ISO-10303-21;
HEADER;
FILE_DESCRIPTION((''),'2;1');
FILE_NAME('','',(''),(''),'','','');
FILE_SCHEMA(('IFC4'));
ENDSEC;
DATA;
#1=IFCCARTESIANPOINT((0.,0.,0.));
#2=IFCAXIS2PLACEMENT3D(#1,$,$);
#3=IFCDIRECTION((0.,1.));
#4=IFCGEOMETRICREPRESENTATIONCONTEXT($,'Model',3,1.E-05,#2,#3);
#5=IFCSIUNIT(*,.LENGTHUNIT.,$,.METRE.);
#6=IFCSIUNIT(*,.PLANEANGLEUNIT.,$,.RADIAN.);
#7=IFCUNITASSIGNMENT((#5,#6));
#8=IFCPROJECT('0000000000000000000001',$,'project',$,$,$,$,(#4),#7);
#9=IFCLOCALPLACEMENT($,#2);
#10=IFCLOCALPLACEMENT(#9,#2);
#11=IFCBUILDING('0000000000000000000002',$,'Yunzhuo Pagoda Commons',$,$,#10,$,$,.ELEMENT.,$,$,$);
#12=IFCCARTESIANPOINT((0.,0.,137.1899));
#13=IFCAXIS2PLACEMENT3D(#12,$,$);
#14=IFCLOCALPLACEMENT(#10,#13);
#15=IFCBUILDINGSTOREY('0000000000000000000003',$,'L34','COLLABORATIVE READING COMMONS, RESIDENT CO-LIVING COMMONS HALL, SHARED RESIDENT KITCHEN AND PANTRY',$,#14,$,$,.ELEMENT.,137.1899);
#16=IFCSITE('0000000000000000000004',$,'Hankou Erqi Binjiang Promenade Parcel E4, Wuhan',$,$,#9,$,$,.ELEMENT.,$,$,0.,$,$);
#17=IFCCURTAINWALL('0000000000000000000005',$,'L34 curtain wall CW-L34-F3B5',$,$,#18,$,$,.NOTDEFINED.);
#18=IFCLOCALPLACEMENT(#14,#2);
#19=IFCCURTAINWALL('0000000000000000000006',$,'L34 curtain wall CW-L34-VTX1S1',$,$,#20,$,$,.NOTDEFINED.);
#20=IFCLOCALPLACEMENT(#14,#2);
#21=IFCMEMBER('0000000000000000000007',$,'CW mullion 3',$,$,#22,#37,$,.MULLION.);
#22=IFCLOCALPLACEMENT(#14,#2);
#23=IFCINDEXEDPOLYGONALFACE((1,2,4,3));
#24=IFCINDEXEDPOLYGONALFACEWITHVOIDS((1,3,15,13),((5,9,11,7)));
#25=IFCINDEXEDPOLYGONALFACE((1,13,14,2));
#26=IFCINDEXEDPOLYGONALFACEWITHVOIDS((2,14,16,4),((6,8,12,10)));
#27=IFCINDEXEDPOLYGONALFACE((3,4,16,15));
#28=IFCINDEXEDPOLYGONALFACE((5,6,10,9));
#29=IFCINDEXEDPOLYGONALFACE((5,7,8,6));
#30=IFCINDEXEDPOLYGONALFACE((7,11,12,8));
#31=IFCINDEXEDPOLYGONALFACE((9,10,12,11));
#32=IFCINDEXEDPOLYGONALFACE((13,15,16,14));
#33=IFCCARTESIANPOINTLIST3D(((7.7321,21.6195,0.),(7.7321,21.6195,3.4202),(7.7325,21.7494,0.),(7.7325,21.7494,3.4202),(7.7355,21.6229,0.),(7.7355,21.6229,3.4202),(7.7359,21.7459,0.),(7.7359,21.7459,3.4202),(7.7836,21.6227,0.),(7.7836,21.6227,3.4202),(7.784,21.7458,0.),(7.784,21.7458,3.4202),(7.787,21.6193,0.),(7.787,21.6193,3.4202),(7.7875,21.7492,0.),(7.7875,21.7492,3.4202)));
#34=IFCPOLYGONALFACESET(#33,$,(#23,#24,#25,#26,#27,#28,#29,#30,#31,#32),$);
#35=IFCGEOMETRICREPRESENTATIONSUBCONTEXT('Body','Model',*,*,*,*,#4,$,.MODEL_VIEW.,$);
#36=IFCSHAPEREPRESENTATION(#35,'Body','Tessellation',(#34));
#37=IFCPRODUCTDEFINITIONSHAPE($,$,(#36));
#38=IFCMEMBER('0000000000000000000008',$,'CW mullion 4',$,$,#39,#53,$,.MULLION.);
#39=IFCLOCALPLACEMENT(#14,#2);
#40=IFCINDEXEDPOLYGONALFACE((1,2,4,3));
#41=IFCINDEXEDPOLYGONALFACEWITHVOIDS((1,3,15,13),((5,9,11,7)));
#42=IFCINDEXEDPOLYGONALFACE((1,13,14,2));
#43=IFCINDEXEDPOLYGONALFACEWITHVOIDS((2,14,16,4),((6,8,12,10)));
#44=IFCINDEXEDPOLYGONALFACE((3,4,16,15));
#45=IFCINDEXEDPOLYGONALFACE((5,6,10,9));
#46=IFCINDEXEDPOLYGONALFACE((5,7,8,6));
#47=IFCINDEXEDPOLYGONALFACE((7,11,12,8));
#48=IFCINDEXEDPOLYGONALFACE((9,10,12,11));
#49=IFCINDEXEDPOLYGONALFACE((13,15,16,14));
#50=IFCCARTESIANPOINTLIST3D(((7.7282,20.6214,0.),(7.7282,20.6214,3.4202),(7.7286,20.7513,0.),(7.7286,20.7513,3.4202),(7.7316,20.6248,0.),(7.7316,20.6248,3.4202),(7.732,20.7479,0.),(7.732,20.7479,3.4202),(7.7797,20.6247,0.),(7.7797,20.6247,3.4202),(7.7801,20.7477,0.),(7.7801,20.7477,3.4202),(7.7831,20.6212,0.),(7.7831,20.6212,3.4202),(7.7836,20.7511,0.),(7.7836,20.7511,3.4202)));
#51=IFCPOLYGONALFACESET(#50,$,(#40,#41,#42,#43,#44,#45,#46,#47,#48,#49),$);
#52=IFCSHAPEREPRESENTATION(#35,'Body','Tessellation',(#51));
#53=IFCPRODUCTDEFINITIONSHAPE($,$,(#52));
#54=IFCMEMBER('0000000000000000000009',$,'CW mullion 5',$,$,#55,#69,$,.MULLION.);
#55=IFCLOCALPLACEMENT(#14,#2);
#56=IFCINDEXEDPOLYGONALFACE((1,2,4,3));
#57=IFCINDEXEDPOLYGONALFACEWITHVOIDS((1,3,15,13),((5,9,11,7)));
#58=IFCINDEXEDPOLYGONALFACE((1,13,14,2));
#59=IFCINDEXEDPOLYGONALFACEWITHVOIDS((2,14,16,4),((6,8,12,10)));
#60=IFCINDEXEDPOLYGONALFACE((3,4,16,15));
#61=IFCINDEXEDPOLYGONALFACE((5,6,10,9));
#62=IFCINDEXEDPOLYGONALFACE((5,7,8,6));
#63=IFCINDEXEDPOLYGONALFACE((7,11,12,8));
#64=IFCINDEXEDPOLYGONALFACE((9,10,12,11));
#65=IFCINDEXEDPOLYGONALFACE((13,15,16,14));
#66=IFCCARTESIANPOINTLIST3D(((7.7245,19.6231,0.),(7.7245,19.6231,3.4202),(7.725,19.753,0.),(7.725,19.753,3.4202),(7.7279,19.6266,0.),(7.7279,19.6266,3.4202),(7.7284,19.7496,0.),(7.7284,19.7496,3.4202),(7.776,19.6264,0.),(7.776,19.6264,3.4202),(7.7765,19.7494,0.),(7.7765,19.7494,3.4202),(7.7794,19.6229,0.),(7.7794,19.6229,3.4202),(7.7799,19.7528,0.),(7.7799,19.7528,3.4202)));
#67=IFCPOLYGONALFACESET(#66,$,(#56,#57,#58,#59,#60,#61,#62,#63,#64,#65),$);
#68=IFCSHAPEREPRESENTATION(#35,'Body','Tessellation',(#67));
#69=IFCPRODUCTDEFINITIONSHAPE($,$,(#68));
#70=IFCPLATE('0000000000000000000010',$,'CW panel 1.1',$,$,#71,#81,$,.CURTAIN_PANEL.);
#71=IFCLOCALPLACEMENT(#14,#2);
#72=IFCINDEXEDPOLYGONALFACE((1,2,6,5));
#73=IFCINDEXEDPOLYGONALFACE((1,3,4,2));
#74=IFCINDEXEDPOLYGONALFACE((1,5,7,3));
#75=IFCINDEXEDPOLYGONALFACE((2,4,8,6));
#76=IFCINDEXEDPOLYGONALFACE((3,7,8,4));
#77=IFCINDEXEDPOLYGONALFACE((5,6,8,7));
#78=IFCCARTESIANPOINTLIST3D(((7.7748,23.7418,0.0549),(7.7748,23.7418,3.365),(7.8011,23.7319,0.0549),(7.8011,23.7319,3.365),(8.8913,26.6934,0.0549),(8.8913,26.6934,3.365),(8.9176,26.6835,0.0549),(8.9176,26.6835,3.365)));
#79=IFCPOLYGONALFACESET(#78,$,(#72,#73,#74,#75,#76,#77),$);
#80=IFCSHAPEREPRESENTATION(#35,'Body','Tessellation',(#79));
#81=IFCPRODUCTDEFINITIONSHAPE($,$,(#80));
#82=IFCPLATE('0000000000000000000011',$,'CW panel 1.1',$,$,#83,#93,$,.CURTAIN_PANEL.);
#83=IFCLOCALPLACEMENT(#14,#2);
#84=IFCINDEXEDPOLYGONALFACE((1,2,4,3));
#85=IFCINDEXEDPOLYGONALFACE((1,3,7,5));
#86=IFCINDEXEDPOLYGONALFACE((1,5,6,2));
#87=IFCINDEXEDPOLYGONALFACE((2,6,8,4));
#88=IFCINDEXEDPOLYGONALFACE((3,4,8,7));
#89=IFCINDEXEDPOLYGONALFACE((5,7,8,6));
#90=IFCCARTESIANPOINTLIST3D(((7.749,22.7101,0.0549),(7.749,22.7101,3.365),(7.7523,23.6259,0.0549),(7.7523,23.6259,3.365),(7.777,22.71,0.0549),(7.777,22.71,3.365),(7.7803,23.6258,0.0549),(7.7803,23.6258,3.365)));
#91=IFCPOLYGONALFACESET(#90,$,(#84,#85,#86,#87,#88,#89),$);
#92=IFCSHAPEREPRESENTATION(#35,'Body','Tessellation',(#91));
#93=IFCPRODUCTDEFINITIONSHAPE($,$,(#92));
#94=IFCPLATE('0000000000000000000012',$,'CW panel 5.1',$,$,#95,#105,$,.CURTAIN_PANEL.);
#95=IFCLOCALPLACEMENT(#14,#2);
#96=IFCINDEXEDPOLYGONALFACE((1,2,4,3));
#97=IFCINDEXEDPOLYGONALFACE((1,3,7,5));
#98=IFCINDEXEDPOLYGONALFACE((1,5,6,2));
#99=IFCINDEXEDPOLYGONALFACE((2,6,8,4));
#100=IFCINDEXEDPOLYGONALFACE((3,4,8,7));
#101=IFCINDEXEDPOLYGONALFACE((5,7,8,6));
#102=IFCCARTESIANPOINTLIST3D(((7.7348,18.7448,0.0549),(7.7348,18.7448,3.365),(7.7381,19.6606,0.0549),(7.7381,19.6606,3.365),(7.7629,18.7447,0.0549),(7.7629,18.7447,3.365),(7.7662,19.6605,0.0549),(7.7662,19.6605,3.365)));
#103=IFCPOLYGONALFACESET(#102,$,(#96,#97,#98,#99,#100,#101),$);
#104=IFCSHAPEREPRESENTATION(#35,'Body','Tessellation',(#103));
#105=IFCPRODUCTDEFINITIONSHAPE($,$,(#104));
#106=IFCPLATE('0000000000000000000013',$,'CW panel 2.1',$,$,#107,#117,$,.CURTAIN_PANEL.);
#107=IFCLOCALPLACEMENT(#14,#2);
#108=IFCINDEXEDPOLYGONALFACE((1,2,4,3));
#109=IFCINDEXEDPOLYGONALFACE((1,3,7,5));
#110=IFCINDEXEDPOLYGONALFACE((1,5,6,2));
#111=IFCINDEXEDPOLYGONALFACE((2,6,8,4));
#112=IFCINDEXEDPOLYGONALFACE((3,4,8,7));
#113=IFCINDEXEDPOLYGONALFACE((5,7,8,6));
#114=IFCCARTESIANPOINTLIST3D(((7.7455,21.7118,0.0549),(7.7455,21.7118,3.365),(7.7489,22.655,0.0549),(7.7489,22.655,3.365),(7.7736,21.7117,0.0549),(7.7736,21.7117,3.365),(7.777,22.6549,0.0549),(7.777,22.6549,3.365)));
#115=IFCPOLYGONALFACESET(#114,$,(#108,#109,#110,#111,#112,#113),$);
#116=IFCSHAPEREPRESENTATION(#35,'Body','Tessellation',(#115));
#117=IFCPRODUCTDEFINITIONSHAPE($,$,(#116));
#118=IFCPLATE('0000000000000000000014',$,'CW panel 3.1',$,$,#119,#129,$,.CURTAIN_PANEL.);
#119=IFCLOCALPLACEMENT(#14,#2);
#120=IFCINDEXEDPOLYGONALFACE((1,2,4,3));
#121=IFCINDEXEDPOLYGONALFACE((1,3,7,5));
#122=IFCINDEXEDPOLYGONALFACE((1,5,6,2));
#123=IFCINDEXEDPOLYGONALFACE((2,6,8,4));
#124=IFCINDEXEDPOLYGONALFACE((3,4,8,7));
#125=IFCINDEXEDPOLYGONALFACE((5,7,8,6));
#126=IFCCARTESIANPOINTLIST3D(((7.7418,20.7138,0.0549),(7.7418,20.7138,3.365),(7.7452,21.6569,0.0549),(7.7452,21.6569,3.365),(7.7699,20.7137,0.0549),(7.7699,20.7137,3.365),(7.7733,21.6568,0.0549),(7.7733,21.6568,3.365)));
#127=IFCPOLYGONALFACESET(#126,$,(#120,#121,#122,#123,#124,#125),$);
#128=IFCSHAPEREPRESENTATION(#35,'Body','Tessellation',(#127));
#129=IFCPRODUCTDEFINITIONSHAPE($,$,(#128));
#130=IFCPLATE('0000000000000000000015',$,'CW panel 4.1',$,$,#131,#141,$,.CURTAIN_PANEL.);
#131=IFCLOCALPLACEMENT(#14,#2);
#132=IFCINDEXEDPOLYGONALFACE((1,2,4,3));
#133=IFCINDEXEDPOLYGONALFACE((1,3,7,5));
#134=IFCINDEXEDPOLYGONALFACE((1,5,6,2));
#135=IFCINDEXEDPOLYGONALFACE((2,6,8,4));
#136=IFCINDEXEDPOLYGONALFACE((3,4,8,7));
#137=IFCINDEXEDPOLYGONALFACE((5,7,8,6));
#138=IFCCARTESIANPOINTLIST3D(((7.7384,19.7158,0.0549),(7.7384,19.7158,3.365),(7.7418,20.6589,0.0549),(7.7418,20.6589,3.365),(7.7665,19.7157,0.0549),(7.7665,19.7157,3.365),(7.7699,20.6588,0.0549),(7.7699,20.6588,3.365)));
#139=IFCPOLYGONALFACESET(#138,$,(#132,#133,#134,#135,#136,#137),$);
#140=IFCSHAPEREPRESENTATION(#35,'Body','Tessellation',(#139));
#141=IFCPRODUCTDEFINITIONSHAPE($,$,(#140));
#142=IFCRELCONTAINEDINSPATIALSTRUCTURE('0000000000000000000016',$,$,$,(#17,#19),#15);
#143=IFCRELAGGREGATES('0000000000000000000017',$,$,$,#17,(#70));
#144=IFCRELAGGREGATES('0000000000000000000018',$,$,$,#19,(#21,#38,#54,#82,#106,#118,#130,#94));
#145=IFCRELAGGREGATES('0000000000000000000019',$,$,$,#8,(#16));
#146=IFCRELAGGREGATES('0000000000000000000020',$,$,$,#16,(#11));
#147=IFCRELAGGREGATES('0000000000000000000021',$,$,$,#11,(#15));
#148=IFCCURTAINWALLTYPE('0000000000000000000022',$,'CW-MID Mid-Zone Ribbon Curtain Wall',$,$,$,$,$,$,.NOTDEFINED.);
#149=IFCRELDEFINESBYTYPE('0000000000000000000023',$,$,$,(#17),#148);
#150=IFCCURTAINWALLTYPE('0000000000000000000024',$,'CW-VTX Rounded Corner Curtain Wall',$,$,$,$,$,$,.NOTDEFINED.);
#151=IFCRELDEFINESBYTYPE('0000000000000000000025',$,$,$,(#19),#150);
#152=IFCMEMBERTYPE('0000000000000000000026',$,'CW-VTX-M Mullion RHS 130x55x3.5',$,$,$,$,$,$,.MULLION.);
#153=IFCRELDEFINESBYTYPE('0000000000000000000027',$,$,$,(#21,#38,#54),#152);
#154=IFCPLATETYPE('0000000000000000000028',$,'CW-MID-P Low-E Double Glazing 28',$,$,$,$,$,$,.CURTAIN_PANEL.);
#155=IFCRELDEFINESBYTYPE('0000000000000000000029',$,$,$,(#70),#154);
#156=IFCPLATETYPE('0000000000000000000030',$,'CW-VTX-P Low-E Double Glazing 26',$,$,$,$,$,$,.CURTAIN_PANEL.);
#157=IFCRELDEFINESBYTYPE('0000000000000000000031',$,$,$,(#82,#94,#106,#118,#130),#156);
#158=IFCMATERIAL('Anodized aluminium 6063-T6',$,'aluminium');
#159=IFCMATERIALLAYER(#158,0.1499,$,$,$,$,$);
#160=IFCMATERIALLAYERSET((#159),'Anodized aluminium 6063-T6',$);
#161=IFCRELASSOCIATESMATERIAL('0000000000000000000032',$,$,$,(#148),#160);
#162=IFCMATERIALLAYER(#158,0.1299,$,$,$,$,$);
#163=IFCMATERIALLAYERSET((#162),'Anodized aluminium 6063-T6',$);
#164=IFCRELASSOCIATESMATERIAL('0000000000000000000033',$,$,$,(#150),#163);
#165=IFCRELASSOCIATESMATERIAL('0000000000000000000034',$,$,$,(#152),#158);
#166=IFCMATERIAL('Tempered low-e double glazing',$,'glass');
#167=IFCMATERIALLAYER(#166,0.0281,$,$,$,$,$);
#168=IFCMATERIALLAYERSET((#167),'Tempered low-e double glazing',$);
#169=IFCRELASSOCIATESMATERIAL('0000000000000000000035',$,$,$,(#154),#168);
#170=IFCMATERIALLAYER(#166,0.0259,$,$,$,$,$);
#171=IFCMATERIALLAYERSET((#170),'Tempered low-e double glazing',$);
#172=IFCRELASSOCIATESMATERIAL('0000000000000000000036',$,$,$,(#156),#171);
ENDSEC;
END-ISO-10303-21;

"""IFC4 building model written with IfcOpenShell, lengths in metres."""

from ifc_helpers import new_model, si_unit, direction, frame, origin, origin_2d, place, context, subcontext, project, spatial, rectangle, hollow_rectangle, extrude, source, transform, mapped, material, layer, layer_set, material_profile, profile_set, type_object, element, aggregate, save


model = new_model("IFC4")

# Units and contexts
model_context = context("Model", 3, precision=1e-05, world=origin(), true_north=direction((0.0, 1.0)))
body_context = subcontext(model_context, "Body", "Model", "MODEL_VIEW")
ifc_project = project(units=[si_unit("LENGTHUNIT", "METRE"), si_unit("PLANEANGLEUNIT", "RADIAN")], contexts=[model_context])

# Site, building, storey
site_placement = place(None, origin())
site = spatial("IfcSite", under=ifc_project, at=site_placement, Name="Hankou Erqi Binjiang Promenade Parcel E4, Wuhan", CompositionType="ELEMENT", RefElevation=0.0)
building_placement = place(site_placement, origin())
building = spatial("IfcBuilding", under=site, at=building_placement, Name="Yunzhuo Pagoda Commons", CompositionType="ELEMENT")
storey_placement = place(building_placement, frame((0.0, 0.0, 137.1899)))
storey = spatial("IfcBuildingStorey", under=building, at=storey_placement, Name="L34", Description="COLLABORATIVE READING COMMONS, RESIDENT CO-LIVING COMMONS HALL, SHARED RESIDENT KITCHEN AND PANTRY", CompositionType="ELEMENT", Elevation=137.1899)

# Curtain walls
ifc_material_1 = material(Name="Anodized aluminium 6063-T6", Category="aluminium")
ifc_layer_1 = layer(ifc_material_1, 0.1499)
ifc_layer_set_1 = layer_set([ifc_layer_1], Name="Anodized aluminium 6063-T6")
curtain_wall_type_1 = type_object("IfcCurtainWallType", Name="CW-MID Mid-Zone Ribbon Curtain Wall", PredefinedType="NOTDEFINED", material=ifc_layer_set_1)
curtain_wall_1_placement = place(storey_placement, origin())
curtain_wall_1 = element("IfcCurtainWall", 1, at=curtain_wall_1_placement, inside=storey, type_object=curtain_wall_type_1, Name="L34 curtain wall CW-L34-F3B5", PredefinedType="NOTDEFINED")
ifc_layer_2 = layer(ifc_material_1, 0.1299)
ifc_layer_set_2 = layer_set([ifc_layer_2], Name="Anodized aluminium 6063-T6")
curtain_wall_type_2 = type_object("IfcCurtainWallType", Name="CW-VTX Rounded Corner Curtain Wall", PredefinedType="NOTDEFINED", material=ifc_layer_set_2)
curtain_wall_2_placement = place(storey_placement, origin())
curtain_wall_2 = element("IfcCurtainWall", 2, at=curtain_wall_2_placement, inside=storey, type_object=curtain_wall_type_2, Name="L34 curtain wall CW-L34-VTX1S1", PredefinedType="NOTDEFINED")

# Members
ifc_material_profile_1 = material_profile(ifc_material_1, hollow_rectangle(XDim=0.0549, YDim=0.1299, WallThickness=0.0034, at=origin_2d()), Name="Anodized aluminium 6063-T6")
ifc_profile_set_1 = profile_set([ifc_material_profile_1], Name="Anodized aluminium 6063-T6")
member_type_1 = type_object("IfcMemberType", Name="CW-VTX-M Mullion RHS 130x55x3.5", PredefinedType="MULLION", material=ifc_profile_set_1)
shared_shape_1 = source(origin(), body_context, "Body", "SweptSolid", [
    extrude(hollow_rectangle(XDim=0.0549, YDim=0.1299, WallThickness=0.0034, at=origin_2d()), origin(), (0.0, 0.0, 1.0), 3.4202),
])
member_1_placement = place(storey_placement, frame((7.7598, 21.6843, 0.0), z_axis=(0.0, 0.0, 1.0), x_axis=(0.999994, -0.003587, 0.0)))
member_1 = element("IfcMember", 3, at=member_1_placement, type_object=member_type_1, Name="CW mullion 3", PredefinedType="MULLION", context=body_context, shape_type="MappedRepresentation", body=[
    mapped(shared_shape_1, transform((0.0, 0.0, 0.0), scale=1.0)),
])
member_2_placement = place(storey_placement, frame((7.7559, 20.6863, 0.0), z_axis=(0.0, 0.0, 1.0), x_axis=(0.999994, -0.003587, 0.0)))
member_2 = element("IfcMember", 4, at=member_2_placement, type_object=member_type_1, Name="CW mullion 4", PredefinedType="MULLION", context=body_context, shape_type="MappedRepresentation", body=[
    mapped(shared_shape_1, transform((0.0, 0.0, 0.0), scale=1.0)),
])
member_3_placement = place(storey_placement, frame((7.7522, 19.688, 0.0), z_axis=(0.0, 0.0, 1.0), x_axis=(0.999994, -0.003587, 0.0)))
member_3 = element("IfcMember", 5, at=member_3_placement, type_object=member_type_1, Name="CW mullion 5", PredefinedType="MULLION", context=body_context, shape_type="MappedRepresentation", body=[
    mapped(shared_shape_1, transform((0.0, 0.0, 0.0), scale=1.0)),
])

# Plates
ifc_material_2 = material(Name="Tempered low-e double glazing", Category="glass")
ifc_layer_3 = layer(ifc_material_2, 0.0281)
ifc_layer_set_3 = layer_set([ifc_layer_3], Name="Tempered low-e double glazing")
plate_type_1 = type_object("IfcPlateType", Name="CW-MID-P Low-E Double Glazing 28", PredefinedType="CURTAIN_PANEL", material=ifc_layer_set_3)
shared_shape_2 = source(origin(), body_context, "Body", "SweptSolid", [
    extrude(rectangle(XDim=3.1558, YDim=0.0281, at=origin_2d()), origin(), (0.0, 0.0, 1.0), 3.3101),
])
plate_1_placement = place(storey_placement, frame((8.3462, 25.2126, 0.0549), z_axis=(0.0, 0.0, 1.0), x_axis=(-0.353798, -0.935322, 0.0)))
plate_1 = element("IfcPlate", 6, at=plate_1_placement, type_object=plate_type_1, Name="CW panel 1.1", PredefinedType="CURTAIN_PANEL", context=body_context, shape_type="MappedRepresentation", body=[
    mapped(shared_shape_2, transform((0.0, 0.0, 0.0), scale=1.0)),
])
aggregate(curtain_wall_1, [plate_1])
ifc_layer_4 = layer(ifc_material_2, 0.0259)
ifc_layer_set_4 = layer_set([ifc_layer_4], Name="Tempered low-e double glazing")
plate_type_2 = type_object("IfcPlateType", Name="CW-VTX-P Low-E Double Glazing 26", PredefinedType="CURTAIN_PANEL", material=ifc_layer_set_4)
shared_shape_3 = source(origin(), body_context, "Body", "SweptSolid", [
    extrude(rectangle(XDim=0.9158, YDim=0.0281, at=origin_2d()), origin(), (0.0, 0.0, 1.0), 3.3101),
])
plate_2_placement = place(storey_placement, frame((7.7646, 23.168, 0.0549), z_axis=(0.0, 0.0, 1.0), x_axis=(-0.003587, -0.999994, 0.0)))
plate_2 = element("IfcPlate", 7, at=plate_2_placement, type_object=plate_type_2, Name="CW panel 1.1", PredefinedType="CURTAIN_PANEL", context=body_context, shape_type="MappedRepresentation", body=[
    mapped(shared_shape_3, transform((0.0, 0.0, 0.0), scale=1.0)),
])
plate_3_placement = place(storey_placement, frame((7.7505, 19.2026, 0.0549), z_axis=(0.0, 0.0, 1.0), x_axis=(-0.003587, -0.999994, 0.0)))
plate_3 = element("IfcPlate", 8, at=plate_3_placement, type_object=plate_type_2, Name="CW panel 5.1", PredefinedType="CURTAIN_PANEL", context=body_context, shape_type="MappedRepresentation", body=[
    mapped(shared_shape_3, transform((0.0, 0.0, 0.0), scale=1.0)),
])
shared_shape_4 = source(origin(), body_context, "Body", "SweptSolid", [
    extrude(rectangle(XDim=0.9431, YDim=0.0281, at=origin_2d()), origin(), (0.0, 0.0, 1.0), 3.3101),
])
plate_4_placement = place(storey_placement, frame((7.7612, 22.1833, 0.0549), z_axis=(0.0, 0.0, 1.0), x_axis=(-0.003587, -0.999994, 0.0)))
plate_4 = element("IfcPlate", 9, at=plate_4_placement, type_object=plate_type_2, Name="CW panel 2.1", PredefinedType="CURTAIN_PANEL", context=body_context, shape_type="MappedRepresentation", body=[
    mapped(shared_shape_4, transform((0.0, 0.0, 0.0), scale=1.0)),
])
plate_5_placement = place(storey_placement, frame((7.7576, 21.1853, 0.0549), z_axis=(0.0, 0.0, 1.0), x_axis=(-0.003587, -0.999994, 0.0)))
plate_5 = element("IfcPlate", 10, at=plate_5_placement, type_object=plate_type_2, Name="CW panel 3.1", PredefinedType="CURTAIN_PANEL", context=body_context, shape_type="MappedRepresentation", body=[
    mapped(shared_shape_4, transform((0.0, 0.0, 0.0), scale=1.0)),
])
plate_6_placement = place(storey_placement, frame((7.7542, 20.1873, 0.0549), z_axis=(0.0, 0.0, 1.0), x_axis=(-0.003587, -0.999994, 0.0)))
plate_6 = element("IfcPlate", 11, at=plate_6_placement, type_object=plate_type_2, Name="CW panel 4.1", PredefinedType="CURTAIN_PANEL", context=body_context, shape_type="MappedRepresentation", body=[
    mapped(shared_shape_4, transform((0.0, 0.0, 0.0), scale=1.0)),
])
aggregate(curtain_wall_2, [member_1, member_2, member_3, plate_2, plate_4, plate_5, plate_6, plate_3])

save(model, "model.ifc")
